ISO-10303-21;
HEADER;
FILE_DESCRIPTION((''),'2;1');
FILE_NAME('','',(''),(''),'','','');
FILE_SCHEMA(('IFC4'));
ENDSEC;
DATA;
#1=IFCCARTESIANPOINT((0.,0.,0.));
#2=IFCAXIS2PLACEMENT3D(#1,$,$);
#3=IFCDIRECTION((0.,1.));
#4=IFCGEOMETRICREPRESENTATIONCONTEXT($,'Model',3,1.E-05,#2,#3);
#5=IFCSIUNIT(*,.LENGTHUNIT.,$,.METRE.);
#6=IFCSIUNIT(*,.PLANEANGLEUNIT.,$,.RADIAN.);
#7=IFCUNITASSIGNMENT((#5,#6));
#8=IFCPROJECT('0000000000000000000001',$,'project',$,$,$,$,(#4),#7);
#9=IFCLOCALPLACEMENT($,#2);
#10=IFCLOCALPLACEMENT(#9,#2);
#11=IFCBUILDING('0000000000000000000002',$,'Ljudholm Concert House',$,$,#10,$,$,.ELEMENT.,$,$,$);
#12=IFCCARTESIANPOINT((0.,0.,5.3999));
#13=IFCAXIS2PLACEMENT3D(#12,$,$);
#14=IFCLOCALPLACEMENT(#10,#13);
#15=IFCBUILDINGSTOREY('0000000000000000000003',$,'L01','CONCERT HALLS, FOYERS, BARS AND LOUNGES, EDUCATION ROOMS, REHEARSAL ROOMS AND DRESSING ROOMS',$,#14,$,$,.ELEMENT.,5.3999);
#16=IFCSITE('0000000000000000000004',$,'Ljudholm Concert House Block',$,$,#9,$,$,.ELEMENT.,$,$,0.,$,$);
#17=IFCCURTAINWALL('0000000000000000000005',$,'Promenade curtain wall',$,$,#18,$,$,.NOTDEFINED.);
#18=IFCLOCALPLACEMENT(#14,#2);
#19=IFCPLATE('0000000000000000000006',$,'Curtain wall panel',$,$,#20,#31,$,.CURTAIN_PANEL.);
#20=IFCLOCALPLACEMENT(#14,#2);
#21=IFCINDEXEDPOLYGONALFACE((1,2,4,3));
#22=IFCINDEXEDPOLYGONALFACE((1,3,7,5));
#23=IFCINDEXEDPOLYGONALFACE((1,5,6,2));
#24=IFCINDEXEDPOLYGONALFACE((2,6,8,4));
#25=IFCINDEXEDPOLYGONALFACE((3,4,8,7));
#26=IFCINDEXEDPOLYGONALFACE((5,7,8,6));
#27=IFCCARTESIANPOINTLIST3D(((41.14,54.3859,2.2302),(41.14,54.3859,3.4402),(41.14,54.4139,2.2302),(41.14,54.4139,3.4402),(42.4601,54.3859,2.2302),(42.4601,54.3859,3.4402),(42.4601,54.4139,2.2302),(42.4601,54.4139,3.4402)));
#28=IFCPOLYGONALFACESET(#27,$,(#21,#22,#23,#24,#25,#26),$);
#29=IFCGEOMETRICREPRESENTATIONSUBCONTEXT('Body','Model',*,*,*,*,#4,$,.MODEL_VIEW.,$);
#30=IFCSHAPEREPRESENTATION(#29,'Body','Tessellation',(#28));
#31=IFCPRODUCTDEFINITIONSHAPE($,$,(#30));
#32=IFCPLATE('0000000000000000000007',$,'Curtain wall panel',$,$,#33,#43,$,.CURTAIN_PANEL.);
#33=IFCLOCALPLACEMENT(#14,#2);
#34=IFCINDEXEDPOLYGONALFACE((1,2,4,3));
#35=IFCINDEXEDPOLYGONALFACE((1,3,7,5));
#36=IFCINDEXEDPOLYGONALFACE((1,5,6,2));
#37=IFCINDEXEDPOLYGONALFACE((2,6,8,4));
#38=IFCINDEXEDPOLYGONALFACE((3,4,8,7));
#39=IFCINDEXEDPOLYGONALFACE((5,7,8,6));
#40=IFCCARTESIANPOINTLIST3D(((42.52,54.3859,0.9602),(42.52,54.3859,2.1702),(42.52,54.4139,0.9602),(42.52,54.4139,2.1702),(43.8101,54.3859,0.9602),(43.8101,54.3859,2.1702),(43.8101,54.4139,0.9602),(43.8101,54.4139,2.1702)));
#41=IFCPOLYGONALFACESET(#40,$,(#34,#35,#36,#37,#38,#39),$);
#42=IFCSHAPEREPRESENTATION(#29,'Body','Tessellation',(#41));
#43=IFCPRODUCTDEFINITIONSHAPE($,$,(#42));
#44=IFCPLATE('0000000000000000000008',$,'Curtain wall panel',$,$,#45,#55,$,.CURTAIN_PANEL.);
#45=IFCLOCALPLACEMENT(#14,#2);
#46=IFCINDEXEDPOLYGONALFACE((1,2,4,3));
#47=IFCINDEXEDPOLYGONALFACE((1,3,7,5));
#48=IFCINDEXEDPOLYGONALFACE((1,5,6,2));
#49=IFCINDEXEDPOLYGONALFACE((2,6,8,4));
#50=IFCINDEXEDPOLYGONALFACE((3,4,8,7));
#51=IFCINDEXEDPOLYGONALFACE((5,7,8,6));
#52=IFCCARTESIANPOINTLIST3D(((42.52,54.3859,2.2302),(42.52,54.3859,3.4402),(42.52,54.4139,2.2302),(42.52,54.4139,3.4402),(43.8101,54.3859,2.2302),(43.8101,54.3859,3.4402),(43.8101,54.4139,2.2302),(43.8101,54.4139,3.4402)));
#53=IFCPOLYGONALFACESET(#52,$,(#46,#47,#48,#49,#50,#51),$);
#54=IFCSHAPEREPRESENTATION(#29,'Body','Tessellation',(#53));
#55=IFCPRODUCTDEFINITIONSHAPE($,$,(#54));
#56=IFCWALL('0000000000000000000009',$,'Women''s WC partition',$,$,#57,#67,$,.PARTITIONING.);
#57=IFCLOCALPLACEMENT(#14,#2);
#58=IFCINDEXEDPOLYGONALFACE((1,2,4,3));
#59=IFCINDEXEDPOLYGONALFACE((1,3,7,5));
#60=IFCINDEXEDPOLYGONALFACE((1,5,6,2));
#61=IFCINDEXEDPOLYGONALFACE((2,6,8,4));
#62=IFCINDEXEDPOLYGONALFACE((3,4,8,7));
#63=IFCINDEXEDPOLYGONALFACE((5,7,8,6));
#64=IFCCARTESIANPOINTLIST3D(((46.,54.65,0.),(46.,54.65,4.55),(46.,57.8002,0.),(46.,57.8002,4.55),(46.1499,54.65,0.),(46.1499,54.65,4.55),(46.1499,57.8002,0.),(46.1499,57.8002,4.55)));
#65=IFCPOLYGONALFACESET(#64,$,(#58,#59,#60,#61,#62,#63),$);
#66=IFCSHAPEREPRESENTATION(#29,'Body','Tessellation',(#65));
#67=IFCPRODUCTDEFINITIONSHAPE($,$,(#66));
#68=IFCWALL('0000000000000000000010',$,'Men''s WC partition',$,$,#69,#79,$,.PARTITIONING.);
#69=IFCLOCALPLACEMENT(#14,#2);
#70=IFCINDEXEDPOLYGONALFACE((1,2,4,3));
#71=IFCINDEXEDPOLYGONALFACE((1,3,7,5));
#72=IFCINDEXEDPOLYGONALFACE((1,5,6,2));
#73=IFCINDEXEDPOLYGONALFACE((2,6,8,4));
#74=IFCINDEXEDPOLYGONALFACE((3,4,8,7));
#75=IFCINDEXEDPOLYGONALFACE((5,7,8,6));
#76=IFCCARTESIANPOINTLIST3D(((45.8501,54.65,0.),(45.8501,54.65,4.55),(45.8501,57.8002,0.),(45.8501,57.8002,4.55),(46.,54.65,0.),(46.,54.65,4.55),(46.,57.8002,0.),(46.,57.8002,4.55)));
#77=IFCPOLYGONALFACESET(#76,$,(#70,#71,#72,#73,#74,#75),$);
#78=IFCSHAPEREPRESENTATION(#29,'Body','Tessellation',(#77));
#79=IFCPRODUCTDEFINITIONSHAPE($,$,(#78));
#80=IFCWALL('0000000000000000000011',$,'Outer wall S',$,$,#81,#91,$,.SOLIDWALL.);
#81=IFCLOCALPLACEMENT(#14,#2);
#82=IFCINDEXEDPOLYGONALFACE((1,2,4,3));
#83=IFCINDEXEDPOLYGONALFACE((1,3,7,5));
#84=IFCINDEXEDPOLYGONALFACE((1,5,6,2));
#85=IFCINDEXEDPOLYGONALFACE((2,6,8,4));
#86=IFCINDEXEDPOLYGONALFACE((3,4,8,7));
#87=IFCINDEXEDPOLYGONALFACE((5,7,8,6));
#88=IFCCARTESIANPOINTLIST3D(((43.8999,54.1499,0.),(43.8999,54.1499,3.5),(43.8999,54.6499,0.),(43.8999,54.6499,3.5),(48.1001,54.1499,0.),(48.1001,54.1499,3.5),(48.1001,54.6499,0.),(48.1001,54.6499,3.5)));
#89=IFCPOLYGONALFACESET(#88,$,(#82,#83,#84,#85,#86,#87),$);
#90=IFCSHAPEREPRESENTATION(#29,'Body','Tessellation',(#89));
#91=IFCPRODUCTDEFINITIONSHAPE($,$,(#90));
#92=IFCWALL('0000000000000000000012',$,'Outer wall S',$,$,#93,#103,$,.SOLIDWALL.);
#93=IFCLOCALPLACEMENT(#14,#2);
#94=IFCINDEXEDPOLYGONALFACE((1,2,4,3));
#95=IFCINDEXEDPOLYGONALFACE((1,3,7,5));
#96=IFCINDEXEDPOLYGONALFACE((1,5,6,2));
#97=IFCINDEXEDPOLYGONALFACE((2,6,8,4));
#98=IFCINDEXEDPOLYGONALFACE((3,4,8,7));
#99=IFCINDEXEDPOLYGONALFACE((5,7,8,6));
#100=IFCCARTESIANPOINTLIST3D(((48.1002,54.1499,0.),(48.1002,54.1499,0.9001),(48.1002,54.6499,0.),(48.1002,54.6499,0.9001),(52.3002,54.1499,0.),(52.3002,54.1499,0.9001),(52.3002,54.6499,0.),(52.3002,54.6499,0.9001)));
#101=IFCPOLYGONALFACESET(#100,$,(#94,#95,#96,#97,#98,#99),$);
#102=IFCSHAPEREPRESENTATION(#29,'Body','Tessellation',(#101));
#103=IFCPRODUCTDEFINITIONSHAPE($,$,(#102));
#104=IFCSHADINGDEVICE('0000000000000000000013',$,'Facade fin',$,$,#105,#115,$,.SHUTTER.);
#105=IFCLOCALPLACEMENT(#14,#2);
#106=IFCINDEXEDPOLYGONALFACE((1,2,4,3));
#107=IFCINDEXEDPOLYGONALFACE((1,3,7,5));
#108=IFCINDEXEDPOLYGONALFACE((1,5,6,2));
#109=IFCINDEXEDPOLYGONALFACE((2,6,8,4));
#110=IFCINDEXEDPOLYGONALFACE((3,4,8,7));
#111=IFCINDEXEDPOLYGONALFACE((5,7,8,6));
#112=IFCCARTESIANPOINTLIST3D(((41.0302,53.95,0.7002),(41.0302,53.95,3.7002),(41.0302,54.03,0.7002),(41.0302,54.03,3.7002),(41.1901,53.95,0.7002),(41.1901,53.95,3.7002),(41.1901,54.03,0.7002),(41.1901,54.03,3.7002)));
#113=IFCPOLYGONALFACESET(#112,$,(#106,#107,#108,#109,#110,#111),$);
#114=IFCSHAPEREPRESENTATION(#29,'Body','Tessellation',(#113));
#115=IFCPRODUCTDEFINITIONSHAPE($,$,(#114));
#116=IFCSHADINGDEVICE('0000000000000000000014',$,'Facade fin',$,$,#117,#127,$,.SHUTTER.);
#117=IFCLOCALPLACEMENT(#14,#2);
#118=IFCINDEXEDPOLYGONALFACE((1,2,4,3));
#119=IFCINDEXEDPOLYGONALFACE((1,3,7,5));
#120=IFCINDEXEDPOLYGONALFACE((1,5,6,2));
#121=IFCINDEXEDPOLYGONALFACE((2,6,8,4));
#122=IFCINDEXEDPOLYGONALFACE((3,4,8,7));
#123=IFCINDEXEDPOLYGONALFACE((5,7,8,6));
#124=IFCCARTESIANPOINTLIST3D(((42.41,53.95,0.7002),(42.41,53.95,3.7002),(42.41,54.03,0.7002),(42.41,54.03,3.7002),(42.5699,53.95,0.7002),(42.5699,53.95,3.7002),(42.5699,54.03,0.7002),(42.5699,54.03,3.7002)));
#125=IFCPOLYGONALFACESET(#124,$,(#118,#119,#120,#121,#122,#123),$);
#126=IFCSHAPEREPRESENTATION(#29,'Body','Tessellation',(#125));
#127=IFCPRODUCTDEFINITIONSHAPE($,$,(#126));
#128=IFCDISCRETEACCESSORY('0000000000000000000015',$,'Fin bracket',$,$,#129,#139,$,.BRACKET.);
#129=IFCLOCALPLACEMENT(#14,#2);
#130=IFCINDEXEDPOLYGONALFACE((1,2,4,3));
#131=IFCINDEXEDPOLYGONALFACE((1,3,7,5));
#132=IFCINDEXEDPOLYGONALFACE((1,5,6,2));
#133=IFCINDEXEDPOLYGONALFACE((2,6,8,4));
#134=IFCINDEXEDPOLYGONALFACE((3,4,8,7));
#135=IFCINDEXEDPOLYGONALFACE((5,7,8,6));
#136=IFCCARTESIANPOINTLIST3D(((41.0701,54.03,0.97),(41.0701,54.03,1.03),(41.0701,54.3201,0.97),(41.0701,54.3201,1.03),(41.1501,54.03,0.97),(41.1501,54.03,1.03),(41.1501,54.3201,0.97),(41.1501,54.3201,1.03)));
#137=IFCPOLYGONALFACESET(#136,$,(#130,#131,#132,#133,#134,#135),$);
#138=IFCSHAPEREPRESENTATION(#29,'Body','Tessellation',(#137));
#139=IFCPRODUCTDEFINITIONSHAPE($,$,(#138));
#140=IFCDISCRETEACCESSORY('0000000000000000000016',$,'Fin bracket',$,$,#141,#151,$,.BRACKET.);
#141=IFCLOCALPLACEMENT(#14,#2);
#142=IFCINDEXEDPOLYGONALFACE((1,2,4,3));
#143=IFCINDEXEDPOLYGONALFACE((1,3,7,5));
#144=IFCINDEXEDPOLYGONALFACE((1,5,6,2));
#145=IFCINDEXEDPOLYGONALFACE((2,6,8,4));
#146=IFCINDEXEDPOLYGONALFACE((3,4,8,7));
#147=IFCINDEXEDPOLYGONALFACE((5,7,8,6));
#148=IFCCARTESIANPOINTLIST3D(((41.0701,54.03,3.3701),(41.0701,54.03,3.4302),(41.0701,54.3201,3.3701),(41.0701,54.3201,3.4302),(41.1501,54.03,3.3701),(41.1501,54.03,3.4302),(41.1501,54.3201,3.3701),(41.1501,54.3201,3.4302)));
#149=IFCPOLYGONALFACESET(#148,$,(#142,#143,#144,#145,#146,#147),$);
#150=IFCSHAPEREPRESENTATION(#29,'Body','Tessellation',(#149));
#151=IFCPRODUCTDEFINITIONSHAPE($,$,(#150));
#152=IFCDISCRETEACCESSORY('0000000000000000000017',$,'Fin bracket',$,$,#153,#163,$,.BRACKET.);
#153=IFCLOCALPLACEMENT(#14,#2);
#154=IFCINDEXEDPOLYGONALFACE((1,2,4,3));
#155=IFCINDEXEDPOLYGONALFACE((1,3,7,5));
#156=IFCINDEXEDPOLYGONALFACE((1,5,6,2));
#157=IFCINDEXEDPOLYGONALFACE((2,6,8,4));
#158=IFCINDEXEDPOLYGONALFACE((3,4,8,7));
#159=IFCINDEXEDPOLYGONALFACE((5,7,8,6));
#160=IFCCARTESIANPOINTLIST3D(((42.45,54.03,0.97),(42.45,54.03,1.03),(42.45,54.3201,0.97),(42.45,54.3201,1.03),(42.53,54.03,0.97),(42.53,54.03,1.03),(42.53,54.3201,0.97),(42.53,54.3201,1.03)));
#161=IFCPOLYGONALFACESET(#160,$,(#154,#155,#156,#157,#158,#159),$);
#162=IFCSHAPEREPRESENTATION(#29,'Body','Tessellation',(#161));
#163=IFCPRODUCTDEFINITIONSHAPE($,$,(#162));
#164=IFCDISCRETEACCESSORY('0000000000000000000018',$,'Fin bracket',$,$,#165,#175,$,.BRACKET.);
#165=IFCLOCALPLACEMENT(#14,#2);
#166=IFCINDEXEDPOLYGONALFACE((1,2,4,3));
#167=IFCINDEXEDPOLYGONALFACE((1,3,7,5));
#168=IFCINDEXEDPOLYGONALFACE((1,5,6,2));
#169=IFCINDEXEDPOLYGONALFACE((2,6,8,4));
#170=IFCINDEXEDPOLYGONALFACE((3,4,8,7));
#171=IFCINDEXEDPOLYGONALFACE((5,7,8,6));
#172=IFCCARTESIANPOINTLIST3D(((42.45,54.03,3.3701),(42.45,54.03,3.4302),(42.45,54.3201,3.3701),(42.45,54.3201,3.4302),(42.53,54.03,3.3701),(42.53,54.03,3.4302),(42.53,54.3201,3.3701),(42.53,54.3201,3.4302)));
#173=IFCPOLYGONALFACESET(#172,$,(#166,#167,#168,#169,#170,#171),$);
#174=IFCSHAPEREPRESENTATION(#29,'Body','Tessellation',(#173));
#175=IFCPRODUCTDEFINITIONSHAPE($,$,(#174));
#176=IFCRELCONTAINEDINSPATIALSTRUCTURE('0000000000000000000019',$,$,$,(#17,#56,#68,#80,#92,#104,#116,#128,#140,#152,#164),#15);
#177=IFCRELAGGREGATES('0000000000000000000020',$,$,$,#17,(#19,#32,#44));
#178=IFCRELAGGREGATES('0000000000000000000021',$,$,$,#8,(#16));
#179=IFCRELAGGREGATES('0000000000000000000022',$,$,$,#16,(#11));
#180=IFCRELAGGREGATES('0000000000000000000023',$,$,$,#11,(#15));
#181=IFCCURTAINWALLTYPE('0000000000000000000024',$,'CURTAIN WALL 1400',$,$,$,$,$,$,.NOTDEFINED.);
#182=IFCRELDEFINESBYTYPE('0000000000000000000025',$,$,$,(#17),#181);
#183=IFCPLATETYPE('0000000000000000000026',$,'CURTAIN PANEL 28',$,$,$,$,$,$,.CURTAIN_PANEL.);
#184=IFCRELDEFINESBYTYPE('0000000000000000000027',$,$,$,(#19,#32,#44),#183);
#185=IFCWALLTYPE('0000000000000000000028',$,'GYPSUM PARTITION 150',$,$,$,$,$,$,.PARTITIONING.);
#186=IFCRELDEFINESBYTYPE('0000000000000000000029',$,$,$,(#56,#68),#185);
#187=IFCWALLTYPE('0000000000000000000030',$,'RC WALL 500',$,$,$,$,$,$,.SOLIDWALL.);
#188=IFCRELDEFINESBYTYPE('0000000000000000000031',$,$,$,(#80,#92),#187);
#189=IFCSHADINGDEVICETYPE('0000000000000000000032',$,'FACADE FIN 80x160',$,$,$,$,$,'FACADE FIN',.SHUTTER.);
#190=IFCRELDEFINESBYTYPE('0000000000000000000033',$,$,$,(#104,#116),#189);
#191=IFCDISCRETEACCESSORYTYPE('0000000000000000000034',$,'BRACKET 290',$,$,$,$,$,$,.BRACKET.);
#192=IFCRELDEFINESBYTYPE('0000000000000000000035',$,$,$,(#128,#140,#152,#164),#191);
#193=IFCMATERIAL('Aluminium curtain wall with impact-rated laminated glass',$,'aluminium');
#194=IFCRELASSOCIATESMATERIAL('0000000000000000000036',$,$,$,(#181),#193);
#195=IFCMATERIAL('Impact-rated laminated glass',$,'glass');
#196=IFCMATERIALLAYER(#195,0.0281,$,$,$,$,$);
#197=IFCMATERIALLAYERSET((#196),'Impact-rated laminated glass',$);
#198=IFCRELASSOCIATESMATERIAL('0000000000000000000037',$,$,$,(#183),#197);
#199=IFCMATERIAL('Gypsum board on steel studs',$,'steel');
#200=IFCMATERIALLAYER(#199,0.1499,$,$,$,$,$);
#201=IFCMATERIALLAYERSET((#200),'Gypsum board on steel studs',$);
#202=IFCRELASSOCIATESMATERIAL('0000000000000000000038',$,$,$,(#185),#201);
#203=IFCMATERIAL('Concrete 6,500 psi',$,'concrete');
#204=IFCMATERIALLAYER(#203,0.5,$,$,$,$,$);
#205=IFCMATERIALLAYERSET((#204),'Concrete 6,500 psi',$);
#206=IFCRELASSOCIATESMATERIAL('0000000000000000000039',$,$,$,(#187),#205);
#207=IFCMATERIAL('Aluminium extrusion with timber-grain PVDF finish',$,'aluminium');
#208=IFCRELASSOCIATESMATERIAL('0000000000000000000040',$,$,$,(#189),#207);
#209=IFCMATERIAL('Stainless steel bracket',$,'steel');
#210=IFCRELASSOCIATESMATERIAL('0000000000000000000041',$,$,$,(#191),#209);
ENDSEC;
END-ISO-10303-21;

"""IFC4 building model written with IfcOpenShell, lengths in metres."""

from ifc_helpers import new_model, si_unit, direction, frame, frame_2d, origin, origin_2d, place, context, subcontext, project, spatial, rectangle, extrude, material, layer, layer_set, type_object, element, aggregate, save


model = new_model("IFC4")

# Units and contexts
model_context = context("Model", 3, precision=1e-05, world=origin(), true_north=direction((0.0, 1.0)))
body_context = subcontext(model_context, "Body", "Model", "MODEL_VIEW")
ifc_project = project(units=[si_unit("LENGTHUNIT", "METRE"), si_unit("PLANEANGLEUNIT", "RADIAN")], contexts=[model_context])

# Site, building, storey
site_placement = place(None, origin())
site = spatial("IfcSite", under=ifc_project, at=site_placement, Name="Ljudholm Concert House Block", CompositionType="ELEMENT", RefElevation=0.0)
building_placement = place(site_placement, origin())
building = spatial("IfcBuilding", under=site, at=building_placement, Name="Ljudholm Concert House", CompositionType="ELEMENT")
storey_placement = place(building_placement, frame((0.0, 0.0, 5.3999)))
storey = spatial("IfcBuildingStorey", under=building, at=storey_placement, Name="L01", Description="CONCERT HALLS, FOYERS, BARS AND LOUNGES, EDUCATION ROOMS, REHEARSAL ROOMS AND DRESSING ROOMS", CompositionType="ELEMENT", Elevation=5.3999)

# Curtain wall
ifc_material_1 = material(Name="Aluminium curtain wall with impact-rated laminated glass", Category="aluminium")
curtain_wall_type = type_object("IfcCurtainWallType", Name="CURTAIN WALL 1400", PredefinedType="NOTDEFINED", material=ifc_material_1)
curtain_wall_1_placement = place(storey_placement, origin())
curtain_wall_1 = element("IfcCurtainWall", 1, at=curtain_wall_1_placement, inside=storey, type_object=curtain_wall_type, Name="Promenade curtain wall", PredefinedType="NOTDEFINED")

# Plates
ifc_material_2 = material(Name="Impact-rated laminated glass", Category="glass")
ifc_layer_1 = layer(ifc_material_2, 0.0281)
ifc_layer_set_1 = layer_set([ifc_layer_1], Name="Impact-rated laminated glass")
plate_type = type_object("IfcPlateType", Name="CURTAIN PANEL 28", PredefinedType="CURTAIN_PANEL", material=ifc_layer_set_1)
plate_1_placement = place(storey_placement, frame((41.8, 54.3999, 2.2302), z_axis=(0.0, 0.0, 1.0), x_axis=(1.0, 0.0, 0.0)))
plate_1 = element("IfcPlate", 2, at=plate_1_placement, type_object=plate_type, Name="Curtain wall panel", PredefinedType="CURTAIN_PANEL", context=body_context, shape_type="SweptSolid", body=[
    extrude(rectangle(XDim=1.3201, YDim=0.0281, at=origin_2d()), origin(), (0.0, 0.0, 1.0), 1.21),
])
plate_2_placement = place(storey_placement, frame((43.165, 54.3999, 0.9602), z_axis=(0.0, 0.0, 1.0), x_axis=(1.0, 0.0, 0.0)))
plate_2 = element("IfcPlate", 3, at=plate_2_placement, type_object=plate_type, Name="Curtain wall panel", PredefinedType="CURTAIN_PANEL", context=body_context, shape_type="SweptSolid", body=[
    extrude(rectangle(XDim=1.29, YDim=0.0281, at=origin_2d()), origin(), (0.0, 0.0, 1.0), 1.21),
])
plate_3_placement = place(storey_placement, frame((43.165, 54.3999, 2.2302), z_axis=(0.0, 0.0, 1.0), x_axis=(1.0, 0.0, 0.0)))
plate_3 = element("IfcPlate", 4, at=plate_3_placement, type_object=plate_type, Name="Curtain wall panel", PredefinedType="CURTAIN_PANEL", context=body_context, shape_type="SweptSolid", body=[
    extrude(rectangle(XDim=1.29, YDim=0.0281, at=origin_2d()), origin(), (0.0, 0.0, 1.0), 1.21),
])
aggregate(curtain_wall_1, [plate_1, plate_2, plate_3])

# Walls
ifc_material_3 = material(Name="Gypsum board on steel studs", Category="steel")
ifc_layer_2 = layer(ifc_material_3, 0.1499)
ifc_layer_set_2 = layer_set([ifc_layer_2], Name="Gypsum board on steel studs")
wall_type_1 = type_object("IfcWallType", Name="GYPSUM PARTITION 150", PredefinedType="PARTITIONING", material=ifc_layer_set_2)
for number, where, z_axis, x_axis, name in (
    (5, (46.075, 54.6499, 0.0), (0.0, 0.0, 1.0), (0.0, 1.0, 0.0), "Women's WC partition"),
    (6, (45.925, 54.6499, 0.0), (0.0, 0.0, 1.0), (0.0, 1.0, 0.0), "Men's WC partition"),
):
    element("IfcWall", number, at=place(storey_placement, frame(where, z_axis=z_axis, x_axis=x_axis)), inside=storey, type_object=wall_type_1, Name=name, PredefinedType="PARTITIONING", context=body_context, shape_type="SweptSolid", body=[
        extrude(rectangle(XDim=3.1501, YDim=0.1499, at=frame_2d((1.5752, 0.0))), origin(), (0.0, 0.0, 1.0), 4.55),
    ])
ifc_material_4 = material(Name="Concrete 6,500 psi", Category="concrete")
ifc_layer_3 = layer(ifc_material_4, 0.5)
ifc_layer_set_3 = layer_set([ifc_layer_3], Name="Concrete 6,500 psi")
wall_type_2 = type_object("IfcWallType", Name="RC WALL 500", PredefinedType="SOLIDWALL", material=ifc_layer_set_3)
wall_1_placement = place(storey_placement, frame((43.8999, 54.3999, 0.0), z_axis=(0.0, 0.0, 1.0), x_axis=(1.0, 0.0, 0.0)))
element("IfcWall", 7, at=wall_1_placement, inside=storey, type_object=wall_type_2, Name="Outer wall S", PredefinedType="SOLIDWALL", context=body_context, shape_type="SweptSolid", body=[
    extrude(rectangle(XDim=4.2002, YDim=0.5, at=frame_2d((2.1001, 0.0))), origin(), (0.0, 0.0, 1.0), 3.5),
])
wall_2_placement = place(storey_placement, frame((48.1001, 54.3999, 0.0), z_axis=(0.0, 0.0, 1.0), x_axis=(1.0, 0.0, 0.0)))
element("IfcWall", 8, at=wall_2_placement, inside=storey, type_object=wall_type_2, Name="Outer wall S", PredefinedType="SOLIDWALL", context=body_context, shape_type="SweptSolid", body=[
    extrude(rectangle(XDim=4.2, YDim=0.5, at=frame_2d((2.1001, 0.0))), origin(), (0.0, 0.0, 1.0), 0.9001),
])

# Shading devices
ifc_material_5 = material(Name="Aluminium extrusion with timber-grain PVDF finish", Category="aluminium")
shading_device_type = type_object("IfcShadingDeviceType", Name="FACADE FIN 80x160", ElementType="FACADE FIN", PredefinedType="SHUTTER", material=ifc_material_5)
for number, where, z_axis, x_axis, name in (
    (9, (41.1101, 53.99, 0.7002), (0.0, 0.0, 1.0), (0.0, -1.0, 0.0), "Facade fin"),
    (10, (42.49, 53.99, 0.7002), (0.0, 0.0, 1.0), (0.0, -1.0, 0.0), "Facade fin"),
):
    element("IfcShadingDevice", number, at=place(storey_placement, frame(where, z_axis=z_axis, x_axis=x_axis)), inside=storey, type_object=shading_device_type, Name=name, PredefinedType="SHUTTER", context=body_context, shape_type="SweptSolid", body=[
        extrude(rectangle(XDim=0.0801, YDim=0.1599, at=origin_2d()), origin(), (0.0, 0.0, 1.0), 3.0),
    ])

# Discrete accessories
ifc_material_6 = material(Name="Stainless steel bracket", Category="steel")
discrete_accessory_type = type_object("IfcDiscreteAccessoryType", Name="BRACKET 290", PredefinedType="BRACKET", material=ifc_material_6)
for number, where, z_axis, x_axis, name in (
    (11, (41.1101, 54.175, 0.97), (0.0, 0.0, 1.0), (0.0, -1.0, 0.0), "Fin bracket"),
    (12, (41.1101, 54.175, 3.3701), (0.0, 0.0, 1.0), (0.0, -1.0, 0.0), "Fin bracket"),
    (13, (42.49, 54.175, 0.97), (0.0, 0.0, 1.0), (0.0, -1.0, 0.0), "Fin bracket"),
    (14, (42.49, 54.175, 3.3701), (0.0, 0.0, 1.0), (0.0, -1.0, 0.0), "Fin bracket"),
):
    element("IfcDiscreteAccessory", number, at=place(storey_placement, frame(where, z_axis=z_axis, x_axis=x_axis)), inside=storey, type_object=discrete_accessory_type, Name=name, PredefinedType="BRACKET", context=body_context, shape_type="SweptSolid", body=[
        extrude(rectangle(XDim=0.29, YDim=0.0801, at=origin_2d()), origin(), (0.0, 0.0, 1.0), 0.0601),
    ])

save(model, "model.ifc")
